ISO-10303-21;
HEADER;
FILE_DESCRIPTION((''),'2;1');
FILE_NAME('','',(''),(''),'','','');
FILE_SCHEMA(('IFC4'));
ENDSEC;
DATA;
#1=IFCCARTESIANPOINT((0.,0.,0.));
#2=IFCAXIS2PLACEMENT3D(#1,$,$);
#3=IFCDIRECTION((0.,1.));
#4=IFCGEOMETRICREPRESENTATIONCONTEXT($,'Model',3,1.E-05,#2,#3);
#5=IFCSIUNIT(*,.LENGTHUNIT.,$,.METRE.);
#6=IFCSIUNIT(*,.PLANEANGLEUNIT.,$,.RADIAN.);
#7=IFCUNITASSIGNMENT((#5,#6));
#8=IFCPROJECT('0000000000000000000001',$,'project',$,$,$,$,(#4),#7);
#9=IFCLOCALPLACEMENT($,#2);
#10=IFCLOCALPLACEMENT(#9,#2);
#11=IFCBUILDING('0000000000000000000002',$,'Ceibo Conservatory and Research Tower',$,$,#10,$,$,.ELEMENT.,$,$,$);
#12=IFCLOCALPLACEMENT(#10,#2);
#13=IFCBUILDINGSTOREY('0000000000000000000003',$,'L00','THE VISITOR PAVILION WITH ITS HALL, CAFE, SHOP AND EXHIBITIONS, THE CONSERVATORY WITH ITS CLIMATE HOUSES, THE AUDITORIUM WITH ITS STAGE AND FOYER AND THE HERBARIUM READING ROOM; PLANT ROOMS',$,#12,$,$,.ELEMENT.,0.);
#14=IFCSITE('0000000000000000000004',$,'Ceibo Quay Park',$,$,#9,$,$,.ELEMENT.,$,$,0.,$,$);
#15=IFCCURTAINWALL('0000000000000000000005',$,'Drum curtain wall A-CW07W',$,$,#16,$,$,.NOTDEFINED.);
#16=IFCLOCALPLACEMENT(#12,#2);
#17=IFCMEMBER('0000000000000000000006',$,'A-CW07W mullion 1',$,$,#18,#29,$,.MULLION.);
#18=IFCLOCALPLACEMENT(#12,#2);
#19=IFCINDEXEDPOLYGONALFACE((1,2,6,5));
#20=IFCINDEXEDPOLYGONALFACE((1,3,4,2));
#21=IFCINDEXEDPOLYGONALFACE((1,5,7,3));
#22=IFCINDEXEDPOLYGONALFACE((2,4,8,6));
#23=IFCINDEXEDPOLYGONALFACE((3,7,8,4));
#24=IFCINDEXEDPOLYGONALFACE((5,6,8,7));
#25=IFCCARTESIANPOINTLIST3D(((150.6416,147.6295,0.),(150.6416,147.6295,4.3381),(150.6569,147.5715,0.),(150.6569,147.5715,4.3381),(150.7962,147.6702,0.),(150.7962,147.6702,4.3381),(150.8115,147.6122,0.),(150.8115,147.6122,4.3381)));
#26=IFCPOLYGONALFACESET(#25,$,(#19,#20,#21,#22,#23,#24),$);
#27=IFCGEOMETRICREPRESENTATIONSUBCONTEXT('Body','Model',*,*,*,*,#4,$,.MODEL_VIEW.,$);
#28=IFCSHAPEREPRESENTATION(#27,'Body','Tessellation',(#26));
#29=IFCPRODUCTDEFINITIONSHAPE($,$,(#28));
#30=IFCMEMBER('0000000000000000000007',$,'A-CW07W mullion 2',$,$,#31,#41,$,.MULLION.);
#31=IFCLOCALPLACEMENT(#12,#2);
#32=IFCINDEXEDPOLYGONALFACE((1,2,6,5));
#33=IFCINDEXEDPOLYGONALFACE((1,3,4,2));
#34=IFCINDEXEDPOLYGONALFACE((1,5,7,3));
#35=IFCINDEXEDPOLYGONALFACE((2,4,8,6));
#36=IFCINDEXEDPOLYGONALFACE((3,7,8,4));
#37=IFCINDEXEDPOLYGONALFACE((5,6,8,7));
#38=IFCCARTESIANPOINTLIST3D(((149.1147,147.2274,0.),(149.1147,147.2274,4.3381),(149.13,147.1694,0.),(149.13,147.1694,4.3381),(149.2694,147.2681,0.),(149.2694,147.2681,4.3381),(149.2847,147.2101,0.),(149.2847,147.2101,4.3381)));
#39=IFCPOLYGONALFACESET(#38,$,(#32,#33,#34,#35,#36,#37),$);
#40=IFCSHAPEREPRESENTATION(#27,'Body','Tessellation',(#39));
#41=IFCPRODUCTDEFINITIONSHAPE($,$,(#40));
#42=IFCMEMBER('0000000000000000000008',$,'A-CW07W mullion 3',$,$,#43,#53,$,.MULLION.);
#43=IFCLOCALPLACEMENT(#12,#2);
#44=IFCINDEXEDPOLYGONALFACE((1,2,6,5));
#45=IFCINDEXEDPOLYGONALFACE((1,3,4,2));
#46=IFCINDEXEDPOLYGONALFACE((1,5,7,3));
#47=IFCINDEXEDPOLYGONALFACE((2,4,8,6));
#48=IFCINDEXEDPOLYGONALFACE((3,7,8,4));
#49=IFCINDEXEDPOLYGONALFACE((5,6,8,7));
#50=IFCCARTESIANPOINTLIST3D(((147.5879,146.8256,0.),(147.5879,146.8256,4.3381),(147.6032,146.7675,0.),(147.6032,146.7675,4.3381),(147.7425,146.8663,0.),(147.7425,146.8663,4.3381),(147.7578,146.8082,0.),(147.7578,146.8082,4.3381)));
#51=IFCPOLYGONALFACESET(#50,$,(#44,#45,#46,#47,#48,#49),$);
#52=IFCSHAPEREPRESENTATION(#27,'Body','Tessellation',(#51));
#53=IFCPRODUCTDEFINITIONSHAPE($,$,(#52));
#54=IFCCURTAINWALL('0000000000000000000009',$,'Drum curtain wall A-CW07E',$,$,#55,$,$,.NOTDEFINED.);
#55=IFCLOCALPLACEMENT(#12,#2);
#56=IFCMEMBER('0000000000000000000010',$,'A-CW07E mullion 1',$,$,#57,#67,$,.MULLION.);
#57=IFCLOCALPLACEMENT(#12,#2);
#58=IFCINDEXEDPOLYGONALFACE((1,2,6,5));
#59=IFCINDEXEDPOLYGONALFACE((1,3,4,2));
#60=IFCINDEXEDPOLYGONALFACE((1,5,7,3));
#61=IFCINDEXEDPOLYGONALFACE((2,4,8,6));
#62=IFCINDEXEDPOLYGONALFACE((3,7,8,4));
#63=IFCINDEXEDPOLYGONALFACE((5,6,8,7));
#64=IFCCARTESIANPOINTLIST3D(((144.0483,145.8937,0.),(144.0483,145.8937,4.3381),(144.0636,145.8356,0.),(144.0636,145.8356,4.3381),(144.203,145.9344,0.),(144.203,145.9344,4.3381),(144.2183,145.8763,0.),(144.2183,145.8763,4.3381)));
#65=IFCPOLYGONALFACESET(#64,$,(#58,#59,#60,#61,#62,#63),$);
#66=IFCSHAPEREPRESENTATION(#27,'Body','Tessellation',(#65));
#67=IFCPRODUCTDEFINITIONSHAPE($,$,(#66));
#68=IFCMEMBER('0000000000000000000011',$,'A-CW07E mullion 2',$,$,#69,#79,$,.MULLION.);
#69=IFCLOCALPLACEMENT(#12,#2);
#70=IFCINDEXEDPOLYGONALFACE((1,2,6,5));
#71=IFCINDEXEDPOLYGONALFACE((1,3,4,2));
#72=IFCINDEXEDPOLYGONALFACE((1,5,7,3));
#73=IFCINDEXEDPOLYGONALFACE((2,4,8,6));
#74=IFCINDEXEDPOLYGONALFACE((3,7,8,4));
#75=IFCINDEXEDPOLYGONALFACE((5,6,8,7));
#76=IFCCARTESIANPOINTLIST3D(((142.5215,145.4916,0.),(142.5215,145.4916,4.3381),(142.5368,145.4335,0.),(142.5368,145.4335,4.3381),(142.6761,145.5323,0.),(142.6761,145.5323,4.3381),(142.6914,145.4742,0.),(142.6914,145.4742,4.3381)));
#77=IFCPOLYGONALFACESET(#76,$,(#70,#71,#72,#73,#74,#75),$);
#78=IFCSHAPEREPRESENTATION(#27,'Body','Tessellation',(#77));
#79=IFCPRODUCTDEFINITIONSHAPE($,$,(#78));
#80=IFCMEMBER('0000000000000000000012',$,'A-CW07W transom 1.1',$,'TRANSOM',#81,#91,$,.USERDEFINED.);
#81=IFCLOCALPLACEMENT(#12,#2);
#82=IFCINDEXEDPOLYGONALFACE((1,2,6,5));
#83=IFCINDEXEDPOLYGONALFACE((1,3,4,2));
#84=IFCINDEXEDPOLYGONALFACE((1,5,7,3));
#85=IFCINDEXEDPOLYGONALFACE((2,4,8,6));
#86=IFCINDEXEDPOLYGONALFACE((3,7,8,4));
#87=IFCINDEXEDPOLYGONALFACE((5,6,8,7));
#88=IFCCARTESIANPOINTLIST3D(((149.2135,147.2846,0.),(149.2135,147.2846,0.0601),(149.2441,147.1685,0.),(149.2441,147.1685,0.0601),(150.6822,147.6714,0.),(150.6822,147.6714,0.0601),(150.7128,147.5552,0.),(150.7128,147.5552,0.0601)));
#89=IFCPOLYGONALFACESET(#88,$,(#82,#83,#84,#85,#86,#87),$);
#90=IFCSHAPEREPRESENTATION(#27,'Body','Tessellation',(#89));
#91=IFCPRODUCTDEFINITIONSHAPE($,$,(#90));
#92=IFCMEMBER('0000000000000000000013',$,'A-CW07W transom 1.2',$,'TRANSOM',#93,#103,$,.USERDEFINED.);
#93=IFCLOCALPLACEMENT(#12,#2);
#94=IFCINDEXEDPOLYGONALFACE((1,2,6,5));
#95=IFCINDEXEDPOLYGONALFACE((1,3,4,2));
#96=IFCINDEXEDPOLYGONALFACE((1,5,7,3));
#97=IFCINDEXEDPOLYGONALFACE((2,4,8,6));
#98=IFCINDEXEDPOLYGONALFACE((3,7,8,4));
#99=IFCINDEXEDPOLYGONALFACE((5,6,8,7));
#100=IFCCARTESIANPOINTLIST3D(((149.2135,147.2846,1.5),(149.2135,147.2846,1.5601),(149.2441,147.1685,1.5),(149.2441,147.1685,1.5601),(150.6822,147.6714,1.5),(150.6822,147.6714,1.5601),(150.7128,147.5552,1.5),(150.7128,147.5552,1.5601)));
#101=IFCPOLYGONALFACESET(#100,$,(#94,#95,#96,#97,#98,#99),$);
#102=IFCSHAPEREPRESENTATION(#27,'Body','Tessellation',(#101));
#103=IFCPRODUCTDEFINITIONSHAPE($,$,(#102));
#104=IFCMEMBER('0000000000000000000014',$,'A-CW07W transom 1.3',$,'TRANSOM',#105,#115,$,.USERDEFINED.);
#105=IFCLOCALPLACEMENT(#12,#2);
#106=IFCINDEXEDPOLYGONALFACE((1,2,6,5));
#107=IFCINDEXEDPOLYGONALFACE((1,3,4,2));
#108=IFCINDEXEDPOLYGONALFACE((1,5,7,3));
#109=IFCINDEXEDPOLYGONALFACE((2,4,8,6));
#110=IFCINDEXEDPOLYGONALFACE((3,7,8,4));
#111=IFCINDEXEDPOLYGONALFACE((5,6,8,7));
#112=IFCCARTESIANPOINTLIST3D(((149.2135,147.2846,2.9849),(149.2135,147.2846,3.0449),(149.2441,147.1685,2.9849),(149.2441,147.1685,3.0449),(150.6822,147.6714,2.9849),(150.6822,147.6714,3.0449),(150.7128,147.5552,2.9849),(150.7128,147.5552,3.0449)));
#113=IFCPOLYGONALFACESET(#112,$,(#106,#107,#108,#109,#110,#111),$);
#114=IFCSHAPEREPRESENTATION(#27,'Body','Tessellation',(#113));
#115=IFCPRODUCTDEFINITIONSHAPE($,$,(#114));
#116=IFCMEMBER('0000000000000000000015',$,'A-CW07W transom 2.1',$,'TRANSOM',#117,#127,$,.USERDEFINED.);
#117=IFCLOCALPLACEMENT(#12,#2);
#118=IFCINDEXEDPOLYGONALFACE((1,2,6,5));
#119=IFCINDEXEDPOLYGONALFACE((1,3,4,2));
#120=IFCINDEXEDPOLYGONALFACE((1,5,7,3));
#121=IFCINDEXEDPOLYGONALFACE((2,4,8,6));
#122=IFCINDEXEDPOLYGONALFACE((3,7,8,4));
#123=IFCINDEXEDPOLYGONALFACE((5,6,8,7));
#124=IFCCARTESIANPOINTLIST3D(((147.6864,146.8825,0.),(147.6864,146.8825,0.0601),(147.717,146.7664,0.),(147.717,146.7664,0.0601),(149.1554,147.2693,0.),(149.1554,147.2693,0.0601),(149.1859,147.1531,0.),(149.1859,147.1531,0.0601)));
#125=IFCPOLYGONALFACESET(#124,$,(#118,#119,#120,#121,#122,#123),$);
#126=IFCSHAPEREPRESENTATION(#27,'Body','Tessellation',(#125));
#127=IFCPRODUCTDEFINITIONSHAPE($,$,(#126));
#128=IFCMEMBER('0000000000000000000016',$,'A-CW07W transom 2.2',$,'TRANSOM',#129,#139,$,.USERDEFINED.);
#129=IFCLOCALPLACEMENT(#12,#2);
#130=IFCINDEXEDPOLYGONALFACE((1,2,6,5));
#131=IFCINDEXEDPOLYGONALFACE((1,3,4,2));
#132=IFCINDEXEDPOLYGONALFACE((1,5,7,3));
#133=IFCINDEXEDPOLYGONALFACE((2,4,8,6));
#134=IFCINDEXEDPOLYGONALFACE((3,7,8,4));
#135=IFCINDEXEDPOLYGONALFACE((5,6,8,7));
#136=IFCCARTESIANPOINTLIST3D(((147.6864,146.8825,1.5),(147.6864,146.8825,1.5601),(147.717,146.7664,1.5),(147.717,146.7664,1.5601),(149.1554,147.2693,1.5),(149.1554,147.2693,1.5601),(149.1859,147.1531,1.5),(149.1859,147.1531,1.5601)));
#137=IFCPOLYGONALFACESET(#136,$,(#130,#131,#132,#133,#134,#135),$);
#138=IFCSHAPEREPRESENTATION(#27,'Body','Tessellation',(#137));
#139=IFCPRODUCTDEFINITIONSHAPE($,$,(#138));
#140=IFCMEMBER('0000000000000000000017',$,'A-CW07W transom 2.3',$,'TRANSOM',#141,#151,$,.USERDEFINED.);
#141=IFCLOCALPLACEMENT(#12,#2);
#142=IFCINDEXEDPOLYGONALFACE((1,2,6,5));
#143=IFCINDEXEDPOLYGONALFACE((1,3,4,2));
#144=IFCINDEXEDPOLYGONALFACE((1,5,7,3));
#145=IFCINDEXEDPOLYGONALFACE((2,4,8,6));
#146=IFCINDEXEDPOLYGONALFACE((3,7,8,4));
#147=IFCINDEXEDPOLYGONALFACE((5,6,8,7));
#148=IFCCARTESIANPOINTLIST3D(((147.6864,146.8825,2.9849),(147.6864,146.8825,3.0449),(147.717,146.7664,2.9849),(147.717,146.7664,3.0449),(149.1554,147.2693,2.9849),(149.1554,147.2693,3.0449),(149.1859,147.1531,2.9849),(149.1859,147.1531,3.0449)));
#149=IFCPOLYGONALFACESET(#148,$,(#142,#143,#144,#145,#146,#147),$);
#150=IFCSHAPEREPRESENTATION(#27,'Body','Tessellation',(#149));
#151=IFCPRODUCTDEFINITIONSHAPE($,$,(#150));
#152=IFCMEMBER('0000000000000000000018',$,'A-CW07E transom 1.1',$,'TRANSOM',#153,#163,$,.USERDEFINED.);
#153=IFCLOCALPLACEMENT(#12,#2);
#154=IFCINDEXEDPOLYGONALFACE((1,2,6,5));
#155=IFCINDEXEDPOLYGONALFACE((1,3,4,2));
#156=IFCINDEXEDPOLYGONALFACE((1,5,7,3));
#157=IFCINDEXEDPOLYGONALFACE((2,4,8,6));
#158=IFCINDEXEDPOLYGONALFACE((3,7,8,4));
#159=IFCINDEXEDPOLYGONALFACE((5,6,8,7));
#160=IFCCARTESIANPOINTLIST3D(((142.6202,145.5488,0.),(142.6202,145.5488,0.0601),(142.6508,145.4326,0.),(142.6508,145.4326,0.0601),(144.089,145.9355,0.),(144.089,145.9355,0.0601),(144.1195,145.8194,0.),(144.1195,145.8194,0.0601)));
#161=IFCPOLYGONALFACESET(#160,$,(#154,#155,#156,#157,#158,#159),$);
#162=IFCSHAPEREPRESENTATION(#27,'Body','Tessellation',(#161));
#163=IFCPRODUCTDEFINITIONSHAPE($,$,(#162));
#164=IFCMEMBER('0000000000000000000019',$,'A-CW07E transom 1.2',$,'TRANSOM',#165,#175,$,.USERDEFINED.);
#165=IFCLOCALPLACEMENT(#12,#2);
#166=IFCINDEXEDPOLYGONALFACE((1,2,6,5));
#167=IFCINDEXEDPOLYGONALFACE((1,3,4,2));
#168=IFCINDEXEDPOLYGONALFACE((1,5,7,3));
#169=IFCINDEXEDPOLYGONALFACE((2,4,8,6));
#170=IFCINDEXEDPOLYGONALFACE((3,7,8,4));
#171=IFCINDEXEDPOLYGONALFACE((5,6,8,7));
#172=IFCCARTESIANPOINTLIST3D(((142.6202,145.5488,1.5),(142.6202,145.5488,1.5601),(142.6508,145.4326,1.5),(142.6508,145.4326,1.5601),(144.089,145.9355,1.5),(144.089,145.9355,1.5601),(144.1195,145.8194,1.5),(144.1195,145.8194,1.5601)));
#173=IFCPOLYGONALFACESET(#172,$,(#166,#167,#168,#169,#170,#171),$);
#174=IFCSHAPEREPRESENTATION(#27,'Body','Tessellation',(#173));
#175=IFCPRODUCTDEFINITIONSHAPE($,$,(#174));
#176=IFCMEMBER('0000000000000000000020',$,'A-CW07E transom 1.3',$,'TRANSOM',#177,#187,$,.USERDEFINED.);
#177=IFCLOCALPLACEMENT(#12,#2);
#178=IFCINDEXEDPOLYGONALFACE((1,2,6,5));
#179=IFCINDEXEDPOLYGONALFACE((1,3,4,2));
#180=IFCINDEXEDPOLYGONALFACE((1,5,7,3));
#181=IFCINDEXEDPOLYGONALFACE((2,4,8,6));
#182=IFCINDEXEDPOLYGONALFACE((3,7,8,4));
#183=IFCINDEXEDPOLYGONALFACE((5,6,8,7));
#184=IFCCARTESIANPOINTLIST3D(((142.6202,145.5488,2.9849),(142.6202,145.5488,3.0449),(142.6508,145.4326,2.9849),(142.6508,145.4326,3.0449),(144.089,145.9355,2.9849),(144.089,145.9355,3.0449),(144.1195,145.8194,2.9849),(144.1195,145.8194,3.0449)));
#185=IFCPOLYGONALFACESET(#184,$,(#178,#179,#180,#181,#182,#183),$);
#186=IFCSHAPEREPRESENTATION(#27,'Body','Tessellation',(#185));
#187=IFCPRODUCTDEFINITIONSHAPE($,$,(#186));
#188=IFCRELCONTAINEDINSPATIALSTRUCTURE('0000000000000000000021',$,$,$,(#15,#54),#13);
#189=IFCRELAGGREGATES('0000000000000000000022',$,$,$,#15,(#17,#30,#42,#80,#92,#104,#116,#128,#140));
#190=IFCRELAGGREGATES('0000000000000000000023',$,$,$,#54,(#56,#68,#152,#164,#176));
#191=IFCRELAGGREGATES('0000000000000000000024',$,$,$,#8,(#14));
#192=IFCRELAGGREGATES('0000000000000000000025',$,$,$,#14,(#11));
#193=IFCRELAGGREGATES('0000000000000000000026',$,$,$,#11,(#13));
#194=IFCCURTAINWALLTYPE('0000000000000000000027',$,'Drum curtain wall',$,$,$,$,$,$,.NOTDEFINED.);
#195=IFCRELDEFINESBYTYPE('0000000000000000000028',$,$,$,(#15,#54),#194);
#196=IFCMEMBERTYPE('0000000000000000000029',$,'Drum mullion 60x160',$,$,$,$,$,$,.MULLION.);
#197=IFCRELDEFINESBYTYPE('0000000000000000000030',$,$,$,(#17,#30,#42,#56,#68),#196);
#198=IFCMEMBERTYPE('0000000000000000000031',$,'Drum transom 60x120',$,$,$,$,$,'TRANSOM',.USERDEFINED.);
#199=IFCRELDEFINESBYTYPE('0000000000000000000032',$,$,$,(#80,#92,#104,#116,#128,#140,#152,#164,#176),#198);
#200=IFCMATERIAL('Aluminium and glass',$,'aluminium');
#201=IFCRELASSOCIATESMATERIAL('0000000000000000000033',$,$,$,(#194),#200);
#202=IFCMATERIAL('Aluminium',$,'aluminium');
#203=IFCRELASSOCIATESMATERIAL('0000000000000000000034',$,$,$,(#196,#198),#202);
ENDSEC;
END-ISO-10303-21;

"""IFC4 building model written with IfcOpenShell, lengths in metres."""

from ifc_helpers import new_model, si_unit, direction, frame, origin, origin_2d, place, context, subcontext, project, spatial, rectangle, extrude, material, material_profile, profile_set, type_object, element, aggregate, save


model = new_model("IFC4")

# Units and contexts
model_context = context("Model", 3, precision=1e-05, world=origin(), true_north=direction((0.0, 1.0)))
body_context = subcontext(model_context, "Body", "Model", "MODEL_VIEW")
ifc_project = project(units=[si_unit("LENGTHUNIT", "METRE"), si_unit("PLANEANGLEUNIT", "RADIAN")], contexts=[model_context])

# Site, building, storey
site_placement = place(None, origin())
site = spatial("IfcSite", under=ifc_project, at=site_placement, Name="Ceibo Quay Park", CompositionType="ELEMENT", RefElevation=0.0)
building_placement = place(site_placement, origin())
building = spatial("IfcBuilding", under=site, at=building_placement, Name="Ceibo Conservatory and Research Tower", CompositionType="ELEMENT")
storey_placement = place(building_placement, origin())
storey = spatial("IfcBuildingStorey", under=building, at=storey_placement, Name="L00", Description="THE VISITOR PAVILION WITH ITS HALL, CAFE, SHOP AND EXHIBITIONS, THE CONSERVATORY WITH ITS CLIMATE HOUSES, THE AUDITORIUM WITH ITS STAGE AND FOYER AND THE HERBARIUM READING ROOM; PLANT ROOMS", CompositionType="ELEMENT", Elevation=0.0)

# Curtain walls, members
ifc_material_1 = material(Name="Aluminium and glass", Category="aluminium")
curtain_wall_type = type_object("IfcCurtainWallType", Name="Drum curtain wall", PredefinedType="NOTDEFINED", material=ifc_material_1)
curtain_wall_1_placement = place(storey_placement, origin())
curtain_wall_1 = element("IfcCurtainWall", 1, at=curtain_wall_1_placement, inside=storey, type_object=curtain_wall_type, Name="Drum curtain wall A-CW07W", PredefinedType="NOTDEFINED")
ifc_material_2 = material(Name="Aluminium", Category="aluminium")
ifc_material_profile_1 = material_profile(ifc_material_2, rectangle(XDim=0.0601, YDim=0.1599, at=origin_2d()), Name="AL 60x160")
ifc_profile_set_1 = profile_set([ifc_material_profile_1], Name="Aluminium")
member_type_1 = type_object("IfcMemberType", Name="Drum mullion 60x160", PredefinedType="MULLION", material=ifc_profile_set_1)
member_1_placement = place(storey_placement, frame((150.7266, 147.6208, 0.0), z_axis=(0.0, 0.0, 1.0), x_axis=(0.254602, -0.967046, 0.0)))
member_1 = element("IfcMember", 2, at=member_1_placement, type_object=member_type_1, Name="A-CW07W mullion 1", PredefinedType="MULLION", context=body_context, shape_type="SweptSolid", body=[
    extrude(rectangle(XDim=0.0601, YDim=0.1599, at=origin_2d()), origin(), (0.0, 0.0, 1.0), 4.3381),
])
member_2_placement = place(storey_placement, frame((149.1997, 147.2188, 0.0), z_axis=(0.0, 0.0, 1.0), x_axis=(0.254602, -0.967046, 0.0)))
member_2 = element("IfcMember", 3, at=member_2_placement, type_object=member_type_1, Name="A-CW07W mullion 2", PredefinedType="MULLION", context=body_context, shape_type="SweptSolid", body=[
    extrude(rectangle(XDim=0.0601, YDim=0.1599, at=origin_2d()), origin(), (0.0, 0.0, 1.0), 4.3381),
])
member_3_placement = place(storey_placement, frame((147.6729, 146.8169, 0.0), z_axis=(0.0, 0.0, 1.0), x_axis=(0.254602, -0.967046, 0.0)))
member_3 = element("IfcMember", 4, at=member_3_placement, type_object=member_type_1, Name="A-CW07W mullion 3", PredefinedType="MULLION", context=body_context, shape_type="SweptSolid", body=[
    extrude(rectangle(XDim=0.0601, YDim=0.1599, at=origin_2d()), origin(), (0.0, 0.0, 1.0), 4.3381),
])
curtain_wall_2_placement = place(storey_placement, origin())
curtain_wall_2 = element("IfcCurtainWall", 5, at=curtain_wall_2_placement, inside=storey, type_object=curtain_wall_type, Name="Drum curtain wall A-CW07E", PredefinedType="NOTDEFINED")
member_4_placement = place(storey_placement, frame((144.1333, 145.885, 0.0), z_axis=(0.0, 0.0, 1.0), x_axis=(0.254602, -0.967046, 0.0)))
member_4 = element("IfcMember", 6, at=member_4_placement, type_object=member_type_1, Name="A-CW07E mullion 1", PredefinedType="MULLION", context=body_context, shape_type="SweptSolid", body=[
    extrude(rectangle(XDim=0.0601, YDim=0.1599, at=origin_2d()), origin(), (0.0, 0.0, 1.0), 4.3381),
])
member_5_placement = place(storey_placement, frame((142.6064, 145.4829, 0.0), z_axis=(0.0, 0.0, 1.0), x_axis=(0.254602, -0.967046, 0.0)))
member_5 = element("IfcMember", 7, at=member_5_placement, type_object=member_type_1, Name="A-CW07E mullion 2", PredefinedType="MULLION", context=body_context, shape_type="SweptSolid", body=[
    extrude(rectangle(XDim=0.0601, YDim=0.1599, at=origin_2d()), origin(), (0.0, 0.0, 1.0), 4.3381),
])

# Members
ifc_material_profile_2 = material_profile(ifc_material_2, rectangle(XDim=0.1201, YDim=0.0601, at=origin_2d()), Name="AL 60x120")
ifc_profile_set_2 = profile_set([ifc_material_profile_2], Name="Aluminium")
member_type_2 = type_object("IfcMemberType", Name="Drum transom 60x120", ElementType="TRANSOM", PredefinedType="USERDEFINED", material=ifc_profile_set_2)
member_6_placement = place(storey_placement, frame((150.6975, 147.6133, 0.03), z_axis=(-0.967041, -0.25462, 0.0), x_axis=(0.25462, -0.967041, 0.0)))
member_6 = element("IfcMember", 8, at=member_6_placement, type_object=member_type_2, Name="A-CW07W transom 1.1", ObjectType="TRANSOM", PredefinedType="USERDEFINED", context=body_context, shape_type="SweptSolid", body=[
    extrude(rectangle(XDim=0.1201, YDim=0.0601, at=origin_2d()), origin(), (0.0, 0.0, 1.0), 1.5188),
])
member_7_placement = place(storey_placement, frame((150.6975, 147.6133, 1.53), z_axis=(-0.967041, -0.25462, 0.0), x_axis=(0.25462, -0.967041, 0.0)))
member_7 = element("IfcMember", 9, at=member_7_placement, type_object=member_type_2, Name="A-CW07W transom 1.2", ObjectType="TRANSOM", PredefinedType="USERDEFINED", context=body_context, shape_type="SweptSolid", body=[
    extrude(rectangle(XDim=0.1201, YDim=0.0601, at=origin_2d()), origin(), (0.0, 0.0, 1.0), 1.5188),
])
member_8_placement = place(storey_placement, frame((150.6975, 147.6133, 3.0149), z_axis=(-0.967041, -0.25462, 0.0), x_axis=(0.25462, -0.967041, 0.0)))
member_8 = element("IfcMember", 10, at=member_8_placement, type_object=member_type_2, Name="A-CW07W transom 1.3", ObjectType="TRANSOM", PredefinedType="USERDEFINED", context=body_context, shape_type="SweptSolid", body=[
    extrude(rectangle(XDim=0.1201, YDim=0.0601, at=origin_2d()), origin(), (0.0, 0.0, 1.0), 1.5188),
])
member_9_placement = place(storey_placement, frame((149.1707, 147.2112, 0.03), z_axis=(-0.967052, -0.25458, 0.0), x_axis=(0.25458, -0.967052, 0.0)))
member_9 = element("IfcMember", 11, at=member_9_placement, type_object=member_type_2, Name="A-CW07W transom 2.1", ObjectType="TRANSOM", PredefinedType="USERDEFINED", context=body_context, shape_type="SweptSolid", body=[
    extrude(rectangle(XDim=0.1201, YDim=0.0601, at=origin_2d()), origin(), (0.0, 0.0, 1.0), 1.519),
])
member_10_placement = place(storey_placement, frame((149.1707, 147.2112, 1.53), z_axis=(-0.967052, -0.25458, 0.0), x_axis=(0.25458, -0.967052, 0.0)))
member_10 = element("IfcMember", 12, at=member_10_placement, type_object=member_type_2, Name="A-CW07W transom 2.2", ObjectType="TRANSOM", PredefinedType="USERDEFINED", context=body_context, shape_type="SweptSolid", body=[
    extrude(rectangle(XDim=0.1201, YDim=0.0601, at=origin_2d()), origin(), (0.0, 0.0, 1.0), 1.519),
])
member_11_placement = place(storey_placement, frame((149.1707, 147.2112, 3.0149), z_axis=(-0.967052, -0.25458, 0.0), x_axis=(0.25458, -0.967052, 0.0)))
member_11 = element("IfcMember", 13, at=member_11_placement, type_object=member_type_2, Name="A-CW07W transom 2.3", ObjectType="TRANSOM", PredefinedType="USERDEFINED", context=body_context, shape_type="SweptSolid", body=[
    extrude(rectangle(XDim=0.1201, YDim=0.0601, at=origin_2d()), origin(), (0.0, 0.0, 1.0), 1.519),
])
member_12_placement = place(storey_placement, frame((144.1042, 145.8774, 0.03), z_axis=(-0.967041, -0.25462, 0.0), x_axis=(0.25462, -0.967041, 0.0)))
member_12 = element("IfcMember", 14, at=member_12_placement, type_object=member_type_2, Name="A-CW07E transom 1.1", ObjectType="TRANSOM", PredefinedType="USERDEFINED", context=body_context, shape_type="SweptSolid", body=[
    extrude(rectangle(XDim=0.1201, YDim=0.0601, at=origin_2d()), origin(), (0.0, 0.0, 1.0), 1.5188),
])
member_13_placement = place(storey_placement, frame((144.1042, 145.8774, 1.53), z_axis=(-0.967041, -0.25462, 0.0), x_axis=(0.25462, -0.967041, 0.0)))
member_13 = element("IfcMember", 15, at=member_13_placement, type_object=member_type_2, Name="A-CW07E transom 1.2", ObjectType="TRANSOM", PredefinedType="USERDEFINED", context=body_context, shape_type="SweptSolid", body=[
    extrude(rectangle(XDim=0.1201, YDim=0.0601, at=origin_2d()), origin(), (0.0, 0.0, 1.0), 1.5188),
])
member_14_placement = place(storey_placement, frame((144.1042, 145.8774, 3.0149), z_axis=(-0.967041, -0.25462, 0.0), x_axis=(0.25462, -0.967041, 0.0)))
member_14 = element("IfcMember", 16, at=member_14_placement, type_object=member_type_2, Name="A-CW07E transom 1.3", ObjectType="TRANSOM", PredefinedType="USERDEFINED", context=body_context, shape_type="SweptSolid", body=[
    extrude(rectangle(XDim=0.1201, YDim=0.0601, at=origin_2d()), origin(), (0.0, 0.0, 1.0), 1.5188),
])

aggregate(curtain_wall_1, [member_1, member_2, member_3, member_6, member_7, member_8, member_9, member_10, member_11])
aggregate(curtain_wall_2, [member_4, member_5, member_12, member_13, member_14])

save(model, "model.ifc")
